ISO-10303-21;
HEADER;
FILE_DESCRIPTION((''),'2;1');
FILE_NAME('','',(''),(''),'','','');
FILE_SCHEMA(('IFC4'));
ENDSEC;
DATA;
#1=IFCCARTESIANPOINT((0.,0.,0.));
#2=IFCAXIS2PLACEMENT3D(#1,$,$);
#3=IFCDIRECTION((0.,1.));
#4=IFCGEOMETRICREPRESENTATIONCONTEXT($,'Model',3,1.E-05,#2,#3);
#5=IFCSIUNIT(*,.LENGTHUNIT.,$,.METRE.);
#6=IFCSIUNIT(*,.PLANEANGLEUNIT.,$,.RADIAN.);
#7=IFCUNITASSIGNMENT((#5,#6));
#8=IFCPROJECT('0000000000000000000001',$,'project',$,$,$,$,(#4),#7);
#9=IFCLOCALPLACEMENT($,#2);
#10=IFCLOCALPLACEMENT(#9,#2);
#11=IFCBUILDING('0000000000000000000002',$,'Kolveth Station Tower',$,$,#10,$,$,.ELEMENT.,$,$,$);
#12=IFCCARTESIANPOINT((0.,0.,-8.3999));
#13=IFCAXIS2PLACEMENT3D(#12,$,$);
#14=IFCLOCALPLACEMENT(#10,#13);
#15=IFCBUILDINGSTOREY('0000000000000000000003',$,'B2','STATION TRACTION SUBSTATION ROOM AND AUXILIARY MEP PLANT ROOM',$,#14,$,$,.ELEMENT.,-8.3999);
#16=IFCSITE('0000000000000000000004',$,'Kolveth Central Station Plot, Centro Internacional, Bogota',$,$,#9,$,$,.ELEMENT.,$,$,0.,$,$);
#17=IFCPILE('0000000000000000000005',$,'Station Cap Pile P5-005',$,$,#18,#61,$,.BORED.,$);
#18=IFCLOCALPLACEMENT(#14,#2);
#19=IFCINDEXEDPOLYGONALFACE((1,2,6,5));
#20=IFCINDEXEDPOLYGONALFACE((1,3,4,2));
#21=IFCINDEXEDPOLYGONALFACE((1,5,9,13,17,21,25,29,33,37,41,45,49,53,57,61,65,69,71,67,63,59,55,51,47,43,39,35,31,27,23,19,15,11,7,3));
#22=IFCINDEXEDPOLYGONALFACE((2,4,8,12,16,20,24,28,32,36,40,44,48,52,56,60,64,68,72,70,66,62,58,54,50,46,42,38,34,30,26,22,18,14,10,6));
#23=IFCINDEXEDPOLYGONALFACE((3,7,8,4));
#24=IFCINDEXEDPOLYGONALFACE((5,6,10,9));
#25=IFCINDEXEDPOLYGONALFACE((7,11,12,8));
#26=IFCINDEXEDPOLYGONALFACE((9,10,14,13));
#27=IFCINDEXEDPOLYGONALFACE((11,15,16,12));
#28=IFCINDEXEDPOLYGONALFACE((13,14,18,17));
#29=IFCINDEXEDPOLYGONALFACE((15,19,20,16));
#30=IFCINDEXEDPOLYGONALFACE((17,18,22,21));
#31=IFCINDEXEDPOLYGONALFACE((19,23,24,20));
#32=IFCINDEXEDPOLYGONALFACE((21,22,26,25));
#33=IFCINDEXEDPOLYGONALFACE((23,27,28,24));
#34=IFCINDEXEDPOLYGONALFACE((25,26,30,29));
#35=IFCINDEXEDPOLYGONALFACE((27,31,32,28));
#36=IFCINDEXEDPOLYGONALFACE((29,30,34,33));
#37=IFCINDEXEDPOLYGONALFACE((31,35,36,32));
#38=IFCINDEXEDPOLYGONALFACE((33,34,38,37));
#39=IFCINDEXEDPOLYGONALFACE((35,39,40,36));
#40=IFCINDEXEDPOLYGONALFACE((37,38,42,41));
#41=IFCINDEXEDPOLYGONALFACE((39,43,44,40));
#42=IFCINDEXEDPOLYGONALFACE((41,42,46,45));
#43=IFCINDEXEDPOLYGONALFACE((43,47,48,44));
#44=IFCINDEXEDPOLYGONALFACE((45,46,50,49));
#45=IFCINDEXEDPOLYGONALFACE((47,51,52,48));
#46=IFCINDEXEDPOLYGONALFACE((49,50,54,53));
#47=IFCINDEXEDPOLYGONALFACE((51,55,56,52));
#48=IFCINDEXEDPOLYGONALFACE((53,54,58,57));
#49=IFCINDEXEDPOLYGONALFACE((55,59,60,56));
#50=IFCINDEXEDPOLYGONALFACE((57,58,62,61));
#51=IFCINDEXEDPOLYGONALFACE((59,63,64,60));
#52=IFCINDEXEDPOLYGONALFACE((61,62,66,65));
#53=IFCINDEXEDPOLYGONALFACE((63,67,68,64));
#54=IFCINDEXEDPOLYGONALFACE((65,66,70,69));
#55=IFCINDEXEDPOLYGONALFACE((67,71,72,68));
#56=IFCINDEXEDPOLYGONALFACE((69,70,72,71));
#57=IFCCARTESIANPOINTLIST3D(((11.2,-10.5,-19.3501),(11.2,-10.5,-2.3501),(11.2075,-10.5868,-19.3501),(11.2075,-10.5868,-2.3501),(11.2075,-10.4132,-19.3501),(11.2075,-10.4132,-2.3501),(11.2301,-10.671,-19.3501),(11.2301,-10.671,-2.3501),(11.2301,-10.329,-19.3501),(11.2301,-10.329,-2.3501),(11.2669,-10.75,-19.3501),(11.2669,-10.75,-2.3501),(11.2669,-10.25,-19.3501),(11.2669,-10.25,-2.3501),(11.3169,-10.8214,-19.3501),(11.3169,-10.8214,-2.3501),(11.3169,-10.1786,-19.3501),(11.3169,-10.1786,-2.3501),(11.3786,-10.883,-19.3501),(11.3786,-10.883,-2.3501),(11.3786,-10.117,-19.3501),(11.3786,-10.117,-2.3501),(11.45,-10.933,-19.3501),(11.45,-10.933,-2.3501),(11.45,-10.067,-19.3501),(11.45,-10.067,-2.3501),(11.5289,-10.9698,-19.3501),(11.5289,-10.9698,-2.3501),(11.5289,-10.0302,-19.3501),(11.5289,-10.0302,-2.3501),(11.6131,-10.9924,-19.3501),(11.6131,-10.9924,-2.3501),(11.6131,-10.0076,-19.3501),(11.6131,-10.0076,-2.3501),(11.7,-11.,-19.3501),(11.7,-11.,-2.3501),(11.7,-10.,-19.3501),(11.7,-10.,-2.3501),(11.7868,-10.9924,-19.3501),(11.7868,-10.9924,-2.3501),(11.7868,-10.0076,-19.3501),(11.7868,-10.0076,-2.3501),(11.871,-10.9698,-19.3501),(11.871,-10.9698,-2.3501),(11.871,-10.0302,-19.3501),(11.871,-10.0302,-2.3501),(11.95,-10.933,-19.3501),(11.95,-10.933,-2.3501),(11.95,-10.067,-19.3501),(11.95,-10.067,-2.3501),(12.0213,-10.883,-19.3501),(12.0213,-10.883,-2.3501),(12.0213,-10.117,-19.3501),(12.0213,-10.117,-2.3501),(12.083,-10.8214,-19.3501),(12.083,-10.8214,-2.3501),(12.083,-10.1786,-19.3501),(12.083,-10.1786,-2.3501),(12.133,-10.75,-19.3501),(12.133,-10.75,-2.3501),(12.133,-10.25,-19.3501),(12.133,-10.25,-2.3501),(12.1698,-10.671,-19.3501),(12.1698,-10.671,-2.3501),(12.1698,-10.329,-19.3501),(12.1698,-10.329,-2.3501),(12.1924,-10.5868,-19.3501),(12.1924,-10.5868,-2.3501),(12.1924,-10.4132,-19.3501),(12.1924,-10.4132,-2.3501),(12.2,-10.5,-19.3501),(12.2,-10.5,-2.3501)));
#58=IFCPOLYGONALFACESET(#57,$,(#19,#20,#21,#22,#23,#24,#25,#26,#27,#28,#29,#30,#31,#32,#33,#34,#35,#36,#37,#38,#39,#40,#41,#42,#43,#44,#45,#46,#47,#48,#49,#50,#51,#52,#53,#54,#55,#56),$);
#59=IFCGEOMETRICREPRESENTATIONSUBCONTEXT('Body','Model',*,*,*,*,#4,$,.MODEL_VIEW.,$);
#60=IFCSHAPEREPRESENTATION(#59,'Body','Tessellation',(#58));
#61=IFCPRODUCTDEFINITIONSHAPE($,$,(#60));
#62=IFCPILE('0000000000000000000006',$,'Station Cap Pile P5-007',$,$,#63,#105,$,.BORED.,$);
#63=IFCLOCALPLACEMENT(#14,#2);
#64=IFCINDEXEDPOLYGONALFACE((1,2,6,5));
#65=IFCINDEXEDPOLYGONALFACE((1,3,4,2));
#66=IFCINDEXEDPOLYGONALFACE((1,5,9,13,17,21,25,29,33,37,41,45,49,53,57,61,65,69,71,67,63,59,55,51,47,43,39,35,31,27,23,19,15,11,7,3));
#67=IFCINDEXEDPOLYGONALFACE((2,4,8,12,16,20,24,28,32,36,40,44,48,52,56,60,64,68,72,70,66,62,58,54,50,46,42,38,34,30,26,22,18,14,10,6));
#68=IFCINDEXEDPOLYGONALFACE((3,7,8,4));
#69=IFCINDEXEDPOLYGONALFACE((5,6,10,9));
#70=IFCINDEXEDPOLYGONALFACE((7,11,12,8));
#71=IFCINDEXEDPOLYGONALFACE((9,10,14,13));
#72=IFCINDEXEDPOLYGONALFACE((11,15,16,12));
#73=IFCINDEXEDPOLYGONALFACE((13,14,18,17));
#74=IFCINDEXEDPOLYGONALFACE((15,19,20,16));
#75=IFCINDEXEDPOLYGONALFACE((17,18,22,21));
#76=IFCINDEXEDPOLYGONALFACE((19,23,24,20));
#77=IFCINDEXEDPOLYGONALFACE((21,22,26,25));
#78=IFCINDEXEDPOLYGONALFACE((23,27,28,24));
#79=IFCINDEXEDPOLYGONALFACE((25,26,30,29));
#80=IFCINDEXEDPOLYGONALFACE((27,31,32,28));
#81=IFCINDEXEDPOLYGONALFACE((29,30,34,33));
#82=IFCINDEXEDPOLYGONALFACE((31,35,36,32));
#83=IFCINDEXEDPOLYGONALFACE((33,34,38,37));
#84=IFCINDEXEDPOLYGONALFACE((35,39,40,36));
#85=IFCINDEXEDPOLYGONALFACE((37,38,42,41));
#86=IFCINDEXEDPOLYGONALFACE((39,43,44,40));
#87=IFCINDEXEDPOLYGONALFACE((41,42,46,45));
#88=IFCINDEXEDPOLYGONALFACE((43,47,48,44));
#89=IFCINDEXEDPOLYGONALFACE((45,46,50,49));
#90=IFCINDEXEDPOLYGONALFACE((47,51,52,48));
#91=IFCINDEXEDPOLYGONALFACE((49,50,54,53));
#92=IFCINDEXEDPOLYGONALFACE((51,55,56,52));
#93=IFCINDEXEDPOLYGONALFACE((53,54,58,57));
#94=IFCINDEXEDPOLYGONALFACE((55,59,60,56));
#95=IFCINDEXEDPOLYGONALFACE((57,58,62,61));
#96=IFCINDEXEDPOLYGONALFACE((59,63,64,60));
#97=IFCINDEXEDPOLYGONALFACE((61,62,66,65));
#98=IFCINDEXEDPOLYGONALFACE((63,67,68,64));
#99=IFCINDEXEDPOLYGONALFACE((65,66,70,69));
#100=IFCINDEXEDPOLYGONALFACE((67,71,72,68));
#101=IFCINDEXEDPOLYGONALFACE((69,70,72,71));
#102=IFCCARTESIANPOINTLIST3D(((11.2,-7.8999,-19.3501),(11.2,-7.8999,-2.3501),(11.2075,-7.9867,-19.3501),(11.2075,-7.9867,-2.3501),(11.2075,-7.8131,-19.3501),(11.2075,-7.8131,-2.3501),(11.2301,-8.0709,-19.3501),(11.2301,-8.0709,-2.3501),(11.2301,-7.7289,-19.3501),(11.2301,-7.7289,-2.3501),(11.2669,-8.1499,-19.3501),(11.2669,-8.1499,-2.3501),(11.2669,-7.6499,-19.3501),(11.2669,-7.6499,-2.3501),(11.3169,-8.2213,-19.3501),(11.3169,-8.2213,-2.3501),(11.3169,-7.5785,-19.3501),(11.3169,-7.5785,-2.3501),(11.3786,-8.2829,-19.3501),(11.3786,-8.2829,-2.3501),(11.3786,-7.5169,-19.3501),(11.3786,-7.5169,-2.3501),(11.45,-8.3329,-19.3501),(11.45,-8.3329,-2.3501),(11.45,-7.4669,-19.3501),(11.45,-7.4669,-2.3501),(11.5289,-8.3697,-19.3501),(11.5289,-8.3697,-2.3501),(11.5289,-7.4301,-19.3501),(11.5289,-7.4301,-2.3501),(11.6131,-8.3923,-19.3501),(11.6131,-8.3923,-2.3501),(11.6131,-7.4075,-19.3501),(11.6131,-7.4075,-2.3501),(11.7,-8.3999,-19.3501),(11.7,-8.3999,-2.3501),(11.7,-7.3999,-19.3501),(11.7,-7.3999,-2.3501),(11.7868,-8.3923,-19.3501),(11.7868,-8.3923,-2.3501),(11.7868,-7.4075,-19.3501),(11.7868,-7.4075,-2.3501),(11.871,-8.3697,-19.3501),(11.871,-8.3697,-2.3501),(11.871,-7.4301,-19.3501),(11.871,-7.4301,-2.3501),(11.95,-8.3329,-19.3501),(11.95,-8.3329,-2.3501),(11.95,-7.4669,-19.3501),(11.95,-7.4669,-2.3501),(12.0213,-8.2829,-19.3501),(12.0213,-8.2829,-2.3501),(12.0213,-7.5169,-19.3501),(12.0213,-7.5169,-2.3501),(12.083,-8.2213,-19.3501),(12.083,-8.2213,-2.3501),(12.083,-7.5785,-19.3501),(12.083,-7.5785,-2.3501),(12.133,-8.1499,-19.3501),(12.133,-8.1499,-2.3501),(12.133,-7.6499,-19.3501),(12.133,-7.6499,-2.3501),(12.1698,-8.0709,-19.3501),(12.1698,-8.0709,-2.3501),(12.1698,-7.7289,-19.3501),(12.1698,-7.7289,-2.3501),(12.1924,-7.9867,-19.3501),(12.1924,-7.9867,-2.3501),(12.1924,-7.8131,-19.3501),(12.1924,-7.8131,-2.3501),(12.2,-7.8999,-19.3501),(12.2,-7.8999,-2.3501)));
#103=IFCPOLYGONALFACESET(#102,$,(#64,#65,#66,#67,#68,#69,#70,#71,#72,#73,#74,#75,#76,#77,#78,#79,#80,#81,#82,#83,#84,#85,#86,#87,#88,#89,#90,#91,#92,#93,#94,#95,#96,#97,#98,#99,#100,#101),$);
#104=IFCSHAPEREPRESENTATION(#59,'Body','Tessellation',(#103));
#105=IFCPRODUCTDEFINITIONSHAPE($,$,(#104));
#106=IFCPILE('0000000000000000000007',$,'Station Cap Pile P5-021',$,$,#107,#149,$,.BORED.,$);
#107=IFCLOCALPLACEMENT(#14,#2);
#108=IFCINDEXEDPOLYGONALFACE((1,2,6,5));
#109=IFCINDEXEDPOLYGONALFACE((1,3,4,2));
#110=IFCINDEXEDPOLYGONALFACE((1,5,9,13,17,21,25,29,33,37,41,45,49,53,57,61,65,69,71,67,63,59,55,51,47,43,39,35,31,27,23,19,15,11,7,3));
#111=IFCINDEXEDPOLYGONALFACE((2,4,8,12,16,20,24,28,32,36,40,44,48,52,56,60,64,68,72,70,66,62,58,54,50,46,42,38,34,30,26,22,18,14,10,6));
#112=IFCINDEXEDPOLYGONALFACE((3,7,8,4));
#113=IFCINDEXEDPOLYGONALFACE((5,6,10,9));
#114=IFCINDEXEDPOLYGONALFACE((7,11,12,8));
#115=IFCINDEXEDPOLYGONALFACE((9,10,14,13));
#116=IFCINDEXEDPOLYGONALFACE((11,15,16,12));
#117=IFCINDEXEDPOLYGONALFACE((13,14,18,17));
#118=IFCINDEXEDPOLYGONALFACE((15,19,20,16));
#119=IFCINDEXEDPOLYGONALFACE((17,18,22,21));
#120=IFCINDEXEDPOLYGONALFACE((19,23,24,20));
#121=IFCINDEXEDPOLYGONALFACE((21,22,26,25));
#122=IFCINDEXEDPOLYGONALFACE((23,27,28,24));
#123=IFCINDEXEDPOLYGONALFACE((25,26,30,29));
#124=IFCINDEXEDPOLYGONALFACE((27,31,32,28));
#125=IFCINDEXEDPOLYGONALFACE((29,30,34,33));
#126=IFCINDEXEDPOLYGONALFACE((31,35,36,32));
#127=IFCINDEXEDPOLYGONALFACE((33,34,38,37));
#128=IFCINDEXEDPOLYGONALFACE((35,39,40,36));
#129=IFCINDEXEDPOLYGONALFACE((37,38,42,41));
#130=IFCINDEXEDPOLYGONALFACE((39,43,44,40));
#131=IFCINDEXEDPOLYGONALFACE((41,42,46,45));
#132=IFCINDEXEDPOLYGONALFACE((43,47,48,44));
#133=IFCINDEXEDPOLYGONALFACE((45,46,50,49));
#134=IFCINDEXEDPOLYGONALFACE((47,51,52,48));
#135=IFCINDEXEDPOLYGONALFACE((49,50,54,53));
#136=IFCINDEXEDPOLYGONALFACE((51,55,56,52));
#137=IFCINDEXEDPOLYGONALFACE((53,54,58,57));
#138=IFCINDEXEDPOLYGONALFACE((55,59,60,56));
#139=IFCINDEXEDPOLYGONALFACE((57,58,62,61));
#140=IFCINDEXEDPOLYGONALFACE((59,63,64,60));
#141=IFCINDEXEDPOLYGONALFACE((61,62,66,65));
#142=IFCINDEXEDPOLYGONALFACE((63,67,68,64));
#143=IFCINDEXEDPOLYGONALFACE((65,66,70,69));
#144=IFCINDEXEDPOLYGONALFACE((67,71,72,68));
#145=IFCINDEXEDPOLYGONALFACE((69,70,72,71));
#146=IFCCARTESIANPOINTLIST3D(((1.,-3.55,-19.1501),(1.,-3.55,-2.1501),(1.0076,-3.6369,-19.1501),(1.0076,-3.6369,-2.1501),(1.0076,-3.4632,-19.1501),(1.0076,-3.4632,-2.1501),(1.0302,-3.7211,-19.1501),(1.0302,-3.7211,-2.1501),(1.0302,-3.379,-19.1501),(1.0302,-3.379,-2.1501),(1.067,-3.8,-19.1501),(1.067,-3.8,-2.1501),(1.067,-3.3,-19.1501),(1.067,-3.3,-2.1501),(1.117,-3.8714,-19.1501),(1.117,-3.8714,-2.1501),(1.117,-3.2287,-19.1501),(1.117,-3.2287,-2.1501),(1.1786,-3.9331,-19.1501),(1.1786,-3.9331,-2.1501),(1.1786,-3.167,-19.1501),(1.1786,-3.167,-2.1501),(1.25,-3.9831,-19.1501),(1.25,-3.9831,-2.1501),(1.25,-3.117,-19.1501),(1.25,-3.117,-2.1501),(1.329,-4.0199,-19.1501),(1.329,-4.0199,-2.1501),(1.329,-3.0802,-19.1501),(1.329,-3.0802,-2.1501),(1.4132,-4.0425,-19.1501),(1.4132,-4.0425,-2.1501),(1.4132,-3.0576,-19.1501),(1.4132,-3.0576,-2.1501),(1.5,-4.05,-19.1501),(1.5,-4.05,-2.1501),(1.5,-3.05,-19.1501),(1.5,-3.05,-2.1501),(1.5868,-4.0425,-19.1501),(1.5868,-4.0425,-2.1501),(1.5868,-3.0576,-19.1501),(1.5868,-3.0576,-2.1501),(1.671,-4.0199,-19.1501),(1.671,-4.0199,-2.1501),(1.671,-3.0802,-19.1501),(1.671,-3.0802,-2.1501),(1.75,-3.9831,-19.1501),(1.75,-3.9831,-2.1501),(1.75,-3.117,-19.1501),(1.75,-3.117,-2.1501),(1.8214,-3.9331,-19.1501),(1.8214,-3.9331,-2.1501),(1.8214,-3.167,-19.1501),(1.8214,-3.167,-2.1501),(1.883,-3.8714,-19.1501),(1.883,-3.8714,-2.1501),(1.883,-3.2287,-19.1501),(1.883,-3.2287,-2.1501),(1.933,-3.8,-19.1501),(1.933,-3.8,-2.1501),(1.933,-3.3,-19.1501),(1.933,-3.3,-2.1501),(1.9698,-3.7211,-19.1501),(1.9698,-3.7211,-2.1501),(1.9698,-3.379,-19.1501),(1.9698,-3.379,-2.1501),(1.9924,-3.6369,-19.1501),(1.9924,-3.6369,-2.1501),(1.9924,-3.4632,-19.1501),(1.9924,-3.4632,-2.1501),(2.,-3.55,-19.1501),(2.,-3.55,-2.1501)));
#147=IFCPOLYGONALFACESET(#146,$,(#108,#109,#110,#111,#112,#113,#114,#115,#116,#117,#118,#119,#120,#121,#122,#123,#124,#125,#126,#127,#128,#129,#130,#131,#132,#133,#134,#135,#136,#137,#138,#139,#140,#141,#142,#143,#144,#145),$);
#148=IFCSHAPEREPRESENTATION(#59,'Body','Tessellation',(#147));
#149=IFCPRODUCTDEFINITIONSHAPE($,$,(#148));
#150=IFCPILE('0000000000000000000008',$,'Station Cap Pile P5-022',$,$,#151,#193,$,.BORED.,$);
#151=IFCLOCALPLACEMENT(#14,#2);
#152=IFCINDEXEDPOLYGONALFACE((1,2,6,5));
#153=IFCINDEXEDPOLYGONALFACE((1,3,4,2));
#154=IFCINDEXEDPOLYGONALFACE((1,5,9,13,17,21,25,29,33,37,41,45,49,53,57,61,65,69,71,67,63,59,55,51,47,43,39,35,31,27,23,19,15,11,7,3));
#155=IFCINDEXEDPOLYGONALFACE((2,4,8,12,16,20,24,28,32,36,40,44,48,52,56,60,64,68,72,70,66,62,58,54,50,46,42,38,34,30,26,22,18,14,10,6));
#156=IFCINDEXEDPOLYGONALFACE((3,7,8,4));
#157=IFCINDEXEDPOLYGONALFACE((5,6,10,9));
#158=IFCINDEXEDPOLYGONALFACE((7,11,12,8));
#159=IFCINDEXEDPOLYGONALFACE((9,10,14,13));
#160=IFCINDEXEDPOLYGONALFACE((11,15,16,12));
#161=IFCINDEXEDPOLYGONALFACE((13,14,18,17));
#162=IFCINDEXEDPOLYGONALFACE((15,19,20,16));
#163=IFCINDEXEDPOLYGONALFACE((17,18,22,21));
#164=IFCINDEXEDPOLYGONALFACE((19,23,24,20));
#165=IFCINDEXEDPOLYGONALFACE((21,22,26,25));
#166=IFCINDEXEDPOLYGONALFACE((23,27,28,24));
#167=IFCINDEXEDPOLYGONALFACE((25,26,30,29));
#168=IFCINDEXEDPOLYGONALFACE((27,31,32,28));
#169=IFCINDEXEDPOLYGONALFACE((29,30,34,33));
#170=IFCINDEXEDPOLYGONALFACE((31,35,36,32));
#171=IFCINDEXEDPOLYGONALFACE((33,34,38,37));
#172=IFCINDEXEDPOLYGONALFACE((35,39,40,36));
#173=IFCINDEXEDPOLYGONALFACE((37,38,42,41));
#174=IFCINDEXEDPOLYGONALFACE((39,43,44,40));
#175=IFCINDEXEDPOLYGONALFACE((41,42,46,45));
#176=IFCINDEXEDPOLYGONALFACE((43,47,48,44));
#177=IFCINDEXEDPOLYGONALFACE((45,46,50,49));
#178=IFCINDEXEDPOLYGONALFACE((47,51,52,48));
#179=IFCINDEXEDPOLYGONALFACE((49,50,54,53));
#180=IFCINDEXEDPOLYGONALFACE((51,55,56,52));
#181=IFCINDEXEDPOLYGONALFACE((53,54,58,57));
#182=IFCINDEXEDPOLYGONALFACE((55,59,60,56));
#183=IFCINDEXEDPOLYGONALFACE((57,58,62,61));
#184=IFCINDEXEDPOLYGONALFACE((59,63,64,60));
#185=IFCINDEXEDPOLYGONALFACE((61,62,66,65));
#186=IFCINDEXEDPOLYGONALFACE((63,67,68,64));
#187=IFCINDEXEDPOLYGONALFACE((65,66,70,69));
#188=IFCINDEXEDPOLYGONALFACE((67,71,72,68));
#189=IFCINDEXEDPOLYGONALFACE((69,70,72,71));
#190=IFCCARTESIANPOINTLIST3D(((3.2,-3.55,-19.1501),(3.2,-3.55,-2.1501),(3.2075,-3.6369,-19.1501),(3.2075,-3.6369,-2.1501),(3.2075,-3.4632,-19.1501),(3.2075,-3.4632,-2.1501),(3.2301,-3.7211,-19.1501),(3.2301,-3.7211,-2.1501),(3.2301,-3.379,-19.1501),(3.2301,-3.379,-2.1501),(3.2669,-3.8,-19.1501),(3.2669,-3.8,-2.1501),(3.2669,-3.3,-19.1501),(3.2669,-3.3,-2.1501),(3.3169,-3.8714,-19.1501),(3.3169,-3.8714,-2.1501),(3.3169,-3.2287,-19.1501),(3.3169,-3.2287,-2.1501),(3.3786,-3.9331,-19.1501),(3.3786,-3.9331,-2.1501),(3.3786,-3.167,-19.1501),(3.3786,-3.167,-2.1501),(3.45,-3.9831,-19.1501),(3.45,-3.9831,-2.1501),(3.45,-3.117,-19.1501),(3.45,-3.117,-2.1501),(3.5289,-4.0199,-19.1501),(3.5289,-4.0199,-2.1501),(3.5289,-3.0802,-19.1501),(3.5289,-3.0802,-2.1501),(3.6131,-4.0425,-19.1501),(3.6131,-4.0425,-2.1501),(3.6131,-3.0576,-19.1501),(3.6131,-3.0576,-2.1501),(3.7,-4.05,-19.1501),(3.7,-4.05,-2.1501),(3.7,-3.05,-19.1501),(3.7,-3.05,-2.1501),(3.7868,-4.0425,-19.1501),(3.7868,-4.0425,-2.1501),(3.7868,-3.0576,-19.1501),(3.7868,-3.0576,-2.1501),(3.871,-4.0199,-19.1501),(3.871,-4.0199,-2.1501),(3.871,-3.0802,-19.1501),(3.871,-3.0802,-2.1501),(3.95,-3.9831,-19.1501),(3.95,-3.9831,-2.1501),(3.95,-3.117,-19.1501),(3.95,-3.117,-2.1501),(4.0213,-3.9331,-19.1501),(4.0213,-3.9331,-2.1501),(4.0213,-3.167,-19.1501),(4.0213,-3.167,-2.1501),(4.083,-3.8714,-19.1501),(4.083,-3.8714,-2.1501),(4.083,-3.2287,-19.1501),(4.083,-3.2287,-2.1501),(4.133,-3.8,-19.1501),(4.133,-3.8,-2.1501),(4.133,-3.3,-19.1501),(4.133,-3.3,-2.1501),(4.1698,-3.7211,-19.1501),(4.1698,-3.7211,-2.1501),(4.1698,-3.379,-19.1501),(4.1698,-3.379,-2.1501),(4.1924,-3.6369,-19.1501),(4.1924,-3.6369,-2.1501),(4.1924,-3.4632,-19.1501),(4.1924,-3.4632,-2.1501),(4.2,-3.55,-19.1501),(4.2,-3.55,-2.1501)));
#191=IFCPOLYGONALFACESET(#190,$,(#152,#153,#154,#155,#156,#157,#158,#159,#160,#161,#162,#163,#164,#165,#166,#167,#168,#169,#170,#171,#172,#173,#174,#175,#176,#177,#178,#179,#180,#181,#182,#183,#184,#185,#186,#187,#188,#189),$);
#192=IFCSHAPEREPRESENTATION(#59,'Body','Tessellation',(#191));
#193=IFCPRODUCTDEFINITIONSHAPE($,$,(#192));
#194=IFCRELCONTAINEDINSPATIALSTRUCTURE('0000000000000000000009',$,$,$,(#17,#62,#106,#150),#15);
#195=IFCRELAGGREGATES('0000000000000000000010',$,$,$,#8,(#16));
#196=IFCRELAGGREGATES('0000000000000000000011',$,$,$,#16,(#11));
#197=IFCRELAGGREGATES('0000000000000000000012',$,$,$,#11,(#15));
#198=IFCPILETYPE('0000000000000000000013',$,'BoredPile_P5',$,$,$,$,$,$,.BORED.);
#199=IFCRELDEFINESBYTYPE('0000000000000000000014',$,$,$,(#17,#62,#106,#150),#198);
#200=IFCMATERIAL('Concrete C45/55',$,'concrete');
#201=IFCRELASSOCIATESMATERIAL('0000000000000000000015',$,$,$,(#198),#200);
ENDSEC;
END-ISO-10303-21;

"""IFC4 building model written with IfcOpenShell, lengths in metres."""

from ifc_helpers import new_model, si_unit, direction, frame, origin, origin_2d, place, context, subcontext, project, spatial, circle, extrude, source, transform, mapped, material, material_profile, profile_set, type_object, element, save


model = new_model("IFC4")

# Units and contexts
model_context = context("Model", 3, precision=1e-05, world=origin(), true_north=direction((0.0, 1.0)))
body_context = subcontext(model_context, "Body", "Model", "MODEL_VIEW")
ifc_project = project(units=[si_unit("LENGTHUNIT", "METRE"), si_unit("PLANEANGLEUNIT", "RADIAN")], contexts=[model_context])

# Site, building, storey
site_placement = place(None, origin())
site = spatial("IfcSite", under=ifc_project, at=site_placement, Name="Kolveth Central Station Plot, Centro Internacional, Bogota", CompositionType="ELEMENT", RefElevation=0.0)
building_placement = place(site_placement, origin())
building = spatial("IfcBuilding", under=site, at=building_placement, Name="Kolveth Station Tower", CompositionType="ELEMENT")
storey_placement = place(building_placement, frame((0.0, 0.0, -8.3999)))
storey = spatial("IfcBuildingStorey", under=building, at=storey_placement, Name="B2", Description="STATION TRACTION SUBSTATION ROOM AND AUXILIARY MEP PLANT ROOM", CompositionType="ELEMENT", Elevation=-8.3999)

# Shared definitions
ifc_material_1 = material(Name="Concrete C45/55", Category="concrete")

# Piles
ifc_material_profile_1 = material_profile(ifc_material_1, circle(Radius=0.5, at=origin_2d()), Name="PILE-D1000")
ifc_profile_set_1 = profile_set([ifc_material_profile_1], Name="Concrete C45/55")
pile_type_1 = type_object("IfcPileType", Name="BoredPile_P5", PredefinedType="BORED", material=ifc_profile_set_1)
shared_shape_1 = source(origin(), body_context, "Body", "SweptSolid", [
    extrude(circle(Radius=0.5, at=origin_2d()), origin(), (0.0, 0.0, 1.0), 17.0),
])
for number, where, z_axis, x_axis, name in (
    (1, (11.7, -10.5, -2.3501), (0.0, 0.0, -1.0), (1.0, 0.0, 0.0), "Station Cap Pile P5-005"),
    (2, (11.7, -7.8999, -2.3501), (0.0, 0.0, -1.0), (1.0, 0.0, 0.0), "Station Cap Pile P5-007"),
    (3, (1.5, -3.55, -2.1501), (0.0, 0.0, -1.0), (1.0, 0.0, 0.0), "Station Cap Pile P5-021"),
    (4, (3.7, -3.55, -2.1501), (0.0, 0.0, -1.0), (1.0, 0.0, 0.0), "Station Cap Pile P5-022"),
):
    element("IfcPile", number, at=place(storey_placement, frame(where, z_axis=z_axis, x_axis=x_axis)), inside=storey, type_object=pile_type_1, Name=name, PredefinedType="BORED", context=body_context, shape_type="MappedRepresentation", body=[
        mapped(shared_shape_1, transform((0.0, 0.0, 0.0), x_axis=(1.0, 0.0, 0.0), y_axis=(0.0, 1.0, 0.0), z_axis=(0.0, 0.0, 1.0), scale=1.0)),
    ])

save(model, "model.ifc")
